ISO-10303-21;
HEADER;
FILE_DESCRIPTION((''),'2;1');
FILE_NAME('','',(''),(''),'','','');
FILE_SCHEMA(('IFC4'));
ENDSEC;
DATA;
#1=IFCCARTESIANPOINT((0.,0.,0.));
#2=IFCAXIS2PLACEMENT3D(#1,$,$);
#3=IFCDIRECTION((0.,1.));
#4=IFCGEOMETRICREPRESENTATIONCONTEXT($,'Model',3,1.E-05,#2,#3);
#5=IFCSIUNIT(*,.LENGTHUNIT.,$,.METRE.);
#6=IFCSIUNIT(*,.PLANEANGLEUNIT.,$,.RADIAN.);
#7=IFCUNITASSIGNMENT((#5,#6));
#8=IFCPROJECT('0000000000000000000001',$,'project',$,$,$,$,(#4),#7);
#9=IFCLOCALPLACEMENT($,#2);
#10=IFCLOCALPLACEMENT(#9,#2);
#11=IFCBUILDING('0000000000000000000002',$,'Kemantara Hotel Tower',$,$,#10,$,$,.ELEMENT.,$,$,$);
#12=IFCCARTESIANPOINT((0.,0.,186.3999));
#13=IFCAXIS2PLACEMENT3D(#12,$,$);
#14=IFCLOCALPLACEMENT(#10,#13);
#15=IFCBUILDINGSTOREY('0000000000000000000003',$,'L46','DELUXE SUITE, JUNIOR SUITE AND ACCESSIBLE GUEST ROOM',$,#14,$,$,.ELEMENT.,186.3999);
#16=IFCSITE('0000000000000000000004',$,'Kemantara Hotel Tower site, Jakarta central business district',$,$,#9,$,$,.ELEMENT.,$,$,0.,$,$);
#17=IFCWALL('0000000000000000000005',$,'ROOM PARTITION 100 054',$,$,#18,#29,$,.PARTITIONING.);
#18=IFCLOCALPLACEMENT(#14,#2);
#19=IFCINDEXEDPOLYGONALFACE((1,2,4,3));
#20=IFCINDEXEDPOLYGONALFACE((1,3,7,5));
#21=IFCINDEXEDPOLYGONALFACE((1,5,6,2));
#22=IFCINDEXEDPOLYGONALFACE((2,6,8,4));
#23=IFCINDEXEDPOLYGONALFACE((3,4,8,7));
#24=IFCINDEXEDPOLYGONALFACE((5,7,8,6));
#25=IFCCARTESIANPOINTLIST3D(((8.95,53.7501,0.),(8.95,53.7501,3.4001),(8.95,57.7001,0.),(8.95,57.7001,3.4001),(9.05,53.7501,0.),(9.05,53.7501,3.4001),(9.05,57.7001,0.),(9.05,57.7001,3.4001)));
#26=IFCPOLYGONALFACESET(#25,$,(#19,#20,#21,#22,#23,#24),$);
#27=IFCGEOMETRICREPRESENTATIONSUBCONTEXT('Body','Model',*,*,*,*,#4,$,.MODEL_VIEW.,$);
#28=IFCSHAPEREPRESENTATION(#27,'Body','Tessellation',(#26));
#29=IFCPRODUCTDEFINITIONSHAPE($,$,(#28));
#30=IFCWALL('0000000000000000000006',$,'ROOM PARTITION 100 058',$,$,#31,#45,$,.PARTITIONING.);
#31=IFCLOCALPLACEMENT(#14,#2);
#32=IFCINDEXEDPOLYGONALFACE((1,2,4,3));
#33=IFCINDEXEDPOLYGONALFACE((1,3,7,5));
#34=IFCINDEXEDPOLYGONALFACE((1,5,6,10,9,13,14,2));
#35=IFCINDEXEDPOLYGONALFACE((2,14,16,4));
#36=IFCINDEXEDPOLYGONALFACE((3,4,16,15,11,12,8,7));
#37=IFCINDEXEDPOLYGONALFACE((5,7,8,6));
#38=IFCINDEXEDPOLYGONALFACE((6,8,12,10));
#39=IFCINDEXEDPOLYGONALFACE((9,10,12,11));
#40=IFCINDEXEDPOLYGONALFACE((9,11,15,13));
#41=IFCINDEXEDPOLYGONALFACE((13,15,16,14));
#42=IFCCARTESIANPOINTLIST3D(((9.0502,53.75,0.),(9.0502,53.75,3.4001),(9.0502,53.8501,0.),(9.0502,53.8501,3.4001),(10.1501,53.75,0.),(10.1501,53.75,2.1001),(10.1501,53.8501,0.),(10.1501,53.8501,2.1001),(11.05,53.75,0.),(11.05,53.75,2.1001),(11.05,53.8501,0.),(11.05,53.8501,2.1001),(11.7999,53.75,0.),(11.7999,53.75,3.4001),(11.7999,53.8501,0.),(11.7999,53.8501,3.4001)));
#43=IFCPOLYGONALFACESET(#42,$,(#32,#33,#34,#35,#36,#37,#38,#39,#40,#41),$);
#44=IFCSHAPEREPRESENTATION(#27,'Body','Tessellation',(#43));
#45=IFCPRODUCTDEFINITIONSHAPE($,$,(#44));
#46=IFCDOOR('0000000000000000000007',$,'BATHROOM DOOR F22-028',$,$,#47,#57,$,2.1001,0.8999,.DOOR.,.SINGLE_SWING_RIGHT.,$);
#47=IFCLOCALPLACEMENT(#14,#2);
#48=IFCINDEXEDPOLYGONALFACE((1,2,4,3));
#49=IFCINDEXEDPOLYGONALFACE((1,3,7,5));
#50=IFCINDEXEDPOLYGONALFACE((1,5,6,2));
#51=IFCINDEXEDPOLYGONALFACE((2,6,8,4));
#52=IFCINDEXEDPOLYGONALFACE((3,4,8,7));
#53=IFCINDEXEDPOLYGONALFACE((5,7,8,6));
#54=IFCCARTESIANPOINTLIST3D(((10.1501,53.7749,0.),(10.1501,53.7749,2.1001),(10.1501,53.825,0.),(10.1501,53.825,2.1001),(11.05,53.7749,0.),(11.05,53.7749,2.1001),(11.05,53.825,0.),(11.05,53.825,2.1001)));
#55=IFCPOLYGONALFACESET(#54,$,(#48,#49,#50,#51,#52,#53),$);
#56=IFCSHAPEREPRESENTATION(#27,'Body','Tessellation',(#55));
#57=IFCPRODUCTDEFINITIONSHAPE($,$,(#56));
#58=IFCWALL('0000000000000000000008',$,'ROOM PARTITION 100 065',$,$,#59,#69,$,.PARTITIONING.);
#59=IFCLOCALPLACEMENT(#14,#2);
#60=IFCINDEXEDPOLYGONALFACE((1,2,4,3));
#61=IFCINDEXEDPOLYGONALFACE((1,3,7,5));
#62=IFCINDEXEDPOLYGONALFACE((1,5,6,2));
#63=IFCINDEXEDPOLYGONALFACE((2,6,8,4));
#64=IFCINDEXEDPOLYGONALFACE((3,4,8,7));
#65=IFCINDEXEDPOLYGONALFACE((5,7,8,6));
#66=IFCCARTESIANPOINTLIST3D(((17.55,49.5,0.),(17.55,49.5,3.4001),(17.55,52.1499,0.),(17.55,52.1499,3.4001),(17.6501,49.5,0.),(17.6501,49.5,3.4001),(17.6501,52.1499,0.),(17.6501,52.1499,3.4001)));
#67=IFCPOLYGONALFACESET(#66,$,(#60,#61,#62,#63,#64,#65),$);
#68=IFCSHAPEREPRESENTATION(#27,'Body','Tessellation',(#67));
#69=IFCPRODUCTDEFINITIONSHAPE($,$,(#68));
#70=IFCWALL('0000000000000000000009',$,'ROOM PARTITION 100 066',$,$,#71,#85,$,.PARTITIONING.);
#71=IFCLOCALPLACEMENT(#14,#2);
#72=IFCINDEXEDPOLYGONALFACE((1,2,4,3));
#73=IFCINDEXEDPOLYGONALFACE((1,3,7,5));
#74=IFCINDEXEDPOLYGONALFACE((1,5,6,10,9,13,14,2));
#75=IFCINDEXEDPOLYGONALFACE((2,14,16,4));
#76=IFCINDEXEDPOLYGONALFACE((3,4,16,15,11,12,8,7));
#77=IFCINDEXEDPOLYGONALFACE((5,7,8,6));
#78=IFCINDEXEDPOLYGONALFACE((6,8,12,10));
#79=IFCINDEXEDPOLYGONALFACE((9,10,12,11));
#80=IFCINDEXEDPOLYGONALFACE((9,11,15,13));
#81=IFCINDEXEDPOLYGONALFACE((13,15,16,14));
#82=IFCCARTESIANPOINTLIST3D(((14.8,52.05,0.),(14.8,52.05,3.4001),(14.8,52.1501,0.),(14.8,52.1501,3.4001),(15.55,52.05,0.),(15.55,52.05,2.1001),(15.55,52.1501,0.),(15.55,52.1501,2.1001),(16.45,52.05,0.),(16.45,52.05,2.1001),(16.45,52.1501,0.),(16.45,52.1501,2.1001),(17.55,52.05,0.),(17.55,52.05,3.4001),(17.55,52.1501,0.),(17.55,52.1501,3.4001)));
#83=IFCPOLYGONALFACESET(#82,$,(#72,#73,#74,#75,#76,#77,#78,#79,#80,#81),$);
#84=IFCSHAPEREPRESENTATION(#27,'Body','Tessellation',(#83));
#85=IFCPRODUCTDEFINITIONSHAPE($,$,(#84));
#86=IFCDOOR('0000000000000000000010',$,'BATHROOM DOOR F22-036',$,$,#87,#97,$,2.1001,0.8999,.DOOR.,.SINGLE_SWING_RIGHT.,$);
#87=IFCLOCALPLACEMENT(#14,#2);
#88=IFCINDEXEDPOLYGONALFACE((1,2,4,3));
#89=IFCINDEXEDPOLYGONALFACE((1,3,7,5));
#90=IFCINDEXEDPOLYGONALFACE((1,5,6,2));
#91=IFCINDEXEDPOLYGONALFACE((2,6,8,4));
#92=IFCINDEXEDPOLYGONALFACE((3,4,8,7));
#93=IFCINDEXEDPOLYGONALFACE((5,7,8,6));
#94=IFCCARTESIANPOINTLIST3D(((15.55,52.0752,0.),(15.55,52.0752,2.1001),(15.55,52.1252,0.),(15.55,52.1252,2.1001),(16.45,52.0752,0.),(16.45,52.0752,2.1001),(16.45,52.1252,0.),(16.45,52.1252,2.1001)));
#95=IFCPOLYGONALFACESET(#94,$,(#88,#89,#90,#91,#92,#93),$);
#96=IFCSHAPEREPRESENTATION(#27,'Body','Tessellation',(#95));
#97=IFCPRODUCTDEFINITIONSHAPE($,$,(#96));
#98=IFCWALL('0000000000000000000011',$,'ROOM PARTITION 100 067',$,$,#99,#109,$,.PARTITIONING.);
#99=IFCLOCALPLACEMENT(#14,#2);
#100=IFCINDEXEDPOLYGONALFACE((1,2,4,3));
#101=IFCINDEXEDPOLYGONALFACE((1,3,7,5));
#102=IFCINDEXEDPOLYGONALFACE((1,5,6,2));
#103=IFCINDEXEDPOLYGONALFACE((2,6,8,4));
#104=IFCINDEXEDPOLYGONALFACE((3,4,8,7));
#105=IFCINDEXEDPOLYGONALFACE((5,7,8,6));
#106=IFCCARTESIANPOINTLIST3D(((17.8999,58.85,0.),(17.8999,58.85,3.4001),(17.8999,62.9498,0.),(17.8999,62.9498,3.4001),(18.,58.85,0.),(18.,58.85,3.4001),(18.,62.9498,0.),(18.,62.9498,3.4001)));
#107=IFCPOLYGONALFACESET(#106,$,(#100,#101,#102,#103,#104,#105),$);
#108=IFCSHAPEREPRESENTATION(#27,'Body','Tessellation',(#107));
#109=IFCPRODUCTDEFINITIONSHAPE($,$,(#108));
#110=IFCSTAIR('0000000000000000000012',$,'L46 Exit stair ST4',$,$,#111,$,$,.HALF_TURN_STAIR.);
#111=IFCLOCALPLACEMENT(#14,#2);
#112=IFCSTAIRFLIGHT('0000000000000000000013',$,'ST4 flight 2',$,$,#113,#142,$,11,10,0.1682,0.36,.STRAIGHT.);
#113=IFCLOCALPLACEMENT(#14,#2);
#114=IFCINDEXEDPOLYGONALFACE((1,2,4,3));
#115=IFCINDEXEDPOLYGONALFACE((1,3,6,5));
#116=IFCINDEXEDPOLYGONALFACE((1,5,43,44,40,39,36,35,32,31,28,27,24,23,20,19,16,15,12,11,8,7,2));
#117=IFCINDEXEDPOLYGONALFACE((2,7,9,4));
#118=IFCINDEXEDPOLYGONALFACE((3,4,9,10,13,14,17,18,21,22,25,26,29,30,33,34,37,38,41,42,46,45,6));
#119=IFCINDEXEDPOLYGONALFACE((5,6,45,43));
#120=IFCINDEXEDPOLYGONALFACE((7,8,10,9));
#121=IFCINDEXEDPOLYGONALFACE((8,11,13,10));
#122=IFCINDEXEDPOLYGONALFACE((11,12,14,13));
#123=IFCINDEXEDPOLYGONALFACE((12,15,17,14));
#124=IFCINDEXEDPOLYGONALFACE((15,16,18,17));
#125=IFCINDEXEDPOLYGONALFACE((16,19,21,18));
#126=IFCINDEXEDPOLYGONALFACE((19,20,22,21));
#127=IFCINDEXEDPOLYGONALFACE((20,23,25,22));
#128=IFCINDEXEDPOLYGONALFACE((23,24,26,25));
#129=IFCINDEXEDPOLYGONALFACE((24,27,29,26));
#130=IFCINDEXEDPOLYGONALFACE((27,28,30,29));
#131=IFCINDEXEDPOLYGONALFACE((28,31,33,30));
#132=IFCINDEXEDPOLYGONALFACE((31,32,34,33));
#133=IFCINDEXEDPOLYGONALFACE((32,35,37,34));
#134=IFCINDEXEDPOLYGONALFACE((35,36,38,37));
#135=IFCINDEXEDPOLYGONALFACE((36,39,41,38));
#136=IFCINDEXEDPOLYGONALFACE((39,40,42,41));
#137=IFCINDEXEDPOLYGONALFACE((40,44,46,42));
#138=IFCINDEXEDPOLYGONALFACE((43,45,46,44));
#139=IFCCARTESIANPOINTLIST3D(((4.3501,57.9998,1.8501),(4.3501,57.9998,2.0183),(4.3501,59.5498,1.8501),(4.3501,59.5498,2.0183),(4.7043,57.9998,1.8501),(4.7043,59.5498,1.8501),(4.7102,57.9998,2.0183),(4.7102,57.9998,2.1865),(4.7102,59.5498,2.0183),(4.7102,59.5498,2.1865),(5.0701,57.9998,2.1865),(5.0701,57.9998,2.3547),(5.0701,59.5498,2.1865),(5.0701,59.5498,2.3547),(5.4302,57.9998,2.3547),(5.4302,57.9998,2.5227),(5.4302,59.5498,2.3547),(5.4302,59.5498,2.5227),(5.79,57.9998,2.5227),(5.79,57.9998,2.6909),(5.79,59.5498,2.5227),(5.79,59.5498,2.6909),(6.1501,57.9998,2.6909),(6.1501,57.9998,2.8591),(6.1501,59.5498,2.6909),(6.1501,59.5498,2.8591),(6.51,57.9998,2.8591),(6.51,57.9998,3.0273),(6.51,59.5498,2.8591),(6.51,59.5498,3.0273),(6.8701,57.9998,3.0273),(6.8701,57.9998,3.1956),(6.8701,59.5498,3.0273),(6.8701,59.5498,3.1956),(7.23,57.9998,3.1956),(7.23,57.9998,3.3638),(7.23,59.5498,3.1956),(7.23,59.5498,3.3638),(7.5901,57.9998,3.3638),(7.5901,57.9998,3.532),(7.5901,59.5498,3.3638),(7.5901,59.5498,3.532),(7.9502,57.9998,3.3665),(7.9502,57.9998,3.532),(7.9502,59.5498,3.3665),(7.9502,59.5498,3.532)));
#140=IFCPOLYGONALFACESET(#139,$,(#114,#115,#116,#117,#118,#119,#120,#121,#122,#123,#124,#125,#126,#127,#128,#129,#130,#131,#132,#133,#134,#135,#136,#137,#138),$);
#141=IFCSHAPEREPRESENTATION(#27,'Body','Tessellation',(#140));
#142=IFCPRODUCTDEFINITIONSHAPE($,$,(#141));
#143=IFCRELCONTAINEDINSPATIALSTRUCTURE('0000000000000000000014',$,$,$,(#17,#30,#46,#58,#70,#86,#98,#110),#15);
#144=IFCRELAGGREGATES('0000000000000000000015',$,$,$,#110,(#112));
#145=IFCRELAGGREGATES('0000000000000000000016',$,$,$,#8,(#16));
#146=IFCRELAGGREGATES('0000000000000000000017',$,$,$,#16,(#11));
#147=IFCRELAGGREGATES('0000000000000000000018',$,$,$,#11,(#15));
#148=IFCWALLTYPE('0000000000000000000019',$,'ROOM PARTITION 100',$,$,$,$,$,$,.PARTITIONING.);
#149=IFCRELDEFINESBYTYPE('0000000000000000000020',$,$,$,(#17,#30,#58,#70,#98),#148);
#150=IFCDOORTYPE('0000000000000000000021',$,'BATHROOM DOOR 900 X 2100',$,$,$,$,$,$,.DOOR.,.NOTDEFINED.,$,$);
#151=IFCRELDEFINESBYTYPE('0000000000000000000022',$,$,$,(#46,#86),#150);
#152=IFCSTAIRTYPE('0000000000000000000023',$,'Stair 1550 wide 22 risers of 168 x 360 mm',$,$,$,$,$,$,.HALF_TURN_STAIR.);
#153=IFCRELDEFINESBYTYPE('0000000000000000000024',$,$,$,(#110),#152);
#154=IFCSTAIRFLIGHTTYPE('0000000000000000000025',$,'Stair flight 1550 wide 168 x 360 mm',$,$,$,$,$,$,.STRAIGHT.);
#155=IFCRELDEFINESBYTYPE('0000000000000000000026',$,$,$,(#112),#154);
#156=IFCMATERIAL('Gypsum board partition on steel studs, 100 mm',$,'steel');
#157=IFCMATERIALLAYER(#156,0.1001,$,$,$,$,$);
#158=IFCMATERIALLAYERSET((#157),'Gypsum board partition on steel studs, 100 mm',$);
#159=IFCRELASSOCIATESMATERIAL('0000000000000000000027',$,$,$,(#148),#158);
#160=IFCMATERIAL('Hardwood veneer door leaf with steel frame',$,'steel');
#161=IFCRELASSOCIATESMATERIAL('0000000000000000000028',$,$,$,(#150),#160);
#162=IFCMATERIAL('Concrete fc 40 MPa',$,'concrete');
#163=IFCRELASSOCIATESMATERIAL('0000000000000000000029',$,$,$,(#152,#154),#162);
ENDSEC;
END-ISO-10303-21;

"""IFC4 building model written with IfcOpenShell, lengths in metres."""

from ifc_helpers import new_model, si_unit, direction, frame, frame_2d, origin, place, context, subcontext, project, spatial, polyline, rectangle, outline, extrude, material, layer, layer_set, type_object, element, fill, aggregate, save


model = new_model("IFC4")

# Units and contexts
model_context = context("Model", 3, precision=1e-05, world=origin(), true_north=direction((0.0, 1.0)))
body_context = subcontext(model_context, "Body", "Model", "MODEL_VIEW")
ifc_project = project(units=[si_unit("LENGTHUNIT", "METRE"), si_unit("PLANEANGLEUNIT", "RADIAN")], contexts=[model_context])

# Site, building, storey
site_placement = place(None, origin())
site = spatial("IfcSite", under=ifc_project, at=site_placement, Name="Kemantara Hotel Tower site, Jakarta central business district", CompositionType="ELEMENT", RefElevation=0.0)
building_placement = place(site_placement, origin())
building = spatial("IfcBuilding", under=site, at=building_placement, Name="Kemantara Hotel Tower", CompositionType="ELEMENT")
storey_placement = place(building_placement, frame((0.0, 0.0, 186.3999)))
storey = spatial("IfcBuildingStorey", under=building, at=storey_placement, Name="L46", Description="DELUXE SUITE, JUNIOR SUITE AND ACCESSIBLE GUEST ROOM", CompositionType="ELEMENT", Elevation=186.3999)

# Shared definitions
ifc_material_1 = material(Name="Concrete fc 40 MPa", Category="concrete")

# Wall
ifc_material_2 = material(Name="Gypsum board partition on steel studs, 100 mm", Category="steel")
ifc_layer_1 = layer(ifc_material_2, 0.1001)
ifc_layer_set_1 = layer_set([ifc_layer_1], Name="Gypsum board partition on steel studs, 100 mm")
wall_type_1 = type_object("IfcWallType", Name="ROOM PARTITION 100", PredefinedType="PARTITIONING", material=ifc_layer_set_1)
wall_1_placement = place(storey_placement, frame((9.0, 53.75, 0.0), z_axis=(0.0, 0.0, 1.0), x_axis=(0.0, 1.0, 0.0)))
element("IfcWall", 1, at=wall_1_placement, inside=storey, type_object=wall_type_1, Name="ROOM PARTITION 100 054", PredefinedType="PARTITIONING", context=body_context, shape_type="SweptSolid", body=[
    extrude(rectangle(XDim=3.95, YDim=0.1001, at=frame_2d((1.9751, 0.0))), origin(), (0.0, 0.0, 1.0), 3.4001),
])

# Wall, opening, door
wall_2_placement = place(storey_placement, frame((9.05, 53.8, 0.0), z_axis=(0.0, 0.0, 1.0), x_axis=(1.0, 0.0, 0.0)))
wall_2 = element("IfcWall", 2, at=wall_2_placement, inside=storey, type_object=wall_type_1, Name="ROOM PARTITION 100 058", PredefinedType="PARTITIONING", context=body_context, shape_type="SweptSolid", body=[
    extrude(rectangle(XDim=2.7498, YDim=0.1001, at=frame_2d((1.375, 0.0))), origin(), (0.0, 0.0, 1.0), 3.4001),
])
opening_1_placement = place(wall_2_placement, frame((1.1001, 0.0, 0.0)))
opening_1 = element("IfcOpeningElement", 3, at=opening_1_placement, cuts=wall_2, PredefinedType="OPENING", context=body_context, shape_type="SweptSolid", body=[
    extrude(rectangle(XDim=0.8999, YDim=2.1001, at=frame_2d((0.45, 1.05))), frame((0.0, 0.0601, 0.0), z_axis=(0.0, -1.0, 0.0), x_axis=(1.0, 0.0, 0.0)), (0.0, 0.0, 1.0), 0.1201),
])
ifc_material_3 = material(Name="Hardwood veneer door leaf with steel frame", Category="steel")
door_type_1 = type_object("IfcDoorType", Name="BATHROOM DOOR 900 X 2100", OperationType="NOTDEFINED", PredefinedType="DOOR", material=ifc_material_3)
door_1_placement = place(opening_1_placement, origin())
door_1 = element("IfcDoor", 4, at=door_1_placement, inside=storey, type_object=door_type_1, Name="BATHROOM DOOR F22-028", OperationType="SINGLE_SWING_RIGHT", OverallHeight=2.1001, OverallWidth=0.8999, PredefinedType="DOOR", context=body_context, shape_type="SweptSolid", body=[
    extrude(rectangle(XDim=0.8999, YDim=2.1001, at=frame_2d((0.45, 1.05))), frame((0.0, 0.0249, 0.0), z_axis=(0.0, -1.0, 0.0), x_axis=(1.0, 0.0, 0.0)), (0.0, 0.0, 1.0), 0.05),
])
fill(opening_1, door_1)

# Wall
wall_3_placement = place(storey_placement, frame((17.6001, 49.5, 0.0), z_axis=(0.0, 0.0, 1.0), x_axis=(0.0, 1.0, 0.0)))
element("IfcWall", 5, at=wall_3_placement, inside=storey, type_object=wall_type_1, Name="ROOM PARTITION 100 065", PredefinedType="PARTITIONING", context=body_context, shape_type="SweptSolid", body=[
    extrude(rectangle(XDim=2.6499, YDim=0.1001, at=frame_2d((1.325, 0.0))), origin(), (0.0, 0.0, 1.0), 3.4001),
])

# Wall, opening, door
wall_4_placement = place(storey_placement, frame((17.55, 52.1001, 0.0), z_axis=(0.0, 0.0, 1.0), x_axis=(-1.0, 0.0, 0.0)))
wall_4 = element("IfcWall", 6, at=wall_4_placement, inside=storey, type_object=wall_type_1, Name="ROOM PARTITION 100 066", PredefinedType="PARTITIONING", context=body_context, shape_type="SweptSolid", body=[
    extrude(rectangle(XDim=2.75, YDim=0.1001, at=frame_2d((1.375, 0.0))), origin(), (0.0, 0.0, 1.0), 3.4001),
])
opening_2_placement = place(wall_4_placement, frame((1.1001, 0.0, 0.0)))
opening_2 = element("IfcOpeningElement", 7, at=opening_2_placement, cuts=wall_4, PredefinedType="OPENING", context=body_context, shape_type="SweptSolid", body=[
    extrude(rectangle(XDim=0.8999, YDim=2.1001, at=frame_2d((0.45, 1.05))), frame((0.0, 0.0601, 0.0), z_axis=(0.0, -1.0, 0.0), x_axis=(1.0, 0.0, 0.0)), (0.0, 0.0, 1.0), 0.1201),
])
door_2_placement = place(opening_2_placement, origin())
door_2 = element("IfcDoor", 8, at=door_2_placement, inside=storey, type_object=door_type_1, Name="BATHROOM DOOR F22-036", OperationType="SINGLE_SWING_RIGHT", OverallHeight=2.1001, OverallWidth=0.8999, PredefinedType="DOOR", context=body_context, shape_type="SweptSolid", body=[
    extrude(rectangle(XDim=0.8999, YDim=2.1001, at=frame_2d((0.45, 1.05))), frame((0.0, 0.0249, 0.0), z_axis=(0.0, -1.0, 0.0), x_axis=(1.0, 0.0, 0.0)), (0.0, 0.0, 1.0), 0.05),
])
fill(opening_2, door_2)

# Wall
wall_5_placement = place(storey_placement, frame((17.95, 58.8501, 0.0), z_axis=(0.0, 0.0, 1.0), x_axis=(0.0, 1.0, 0.0)))
element("IfcWall", 9, at=wall_5_placement, inside=storey, type_object=wall_type_1, Name="ROOM PARTITION 100 067", PredefinedType="PARTITIONING", context=body_context, shape_type="SweptSolid", body=[
    extrude(rectangle(XDim=4.0999, YDim=0.1001, at=frame_2d((2.0498, 0.0))), origin(), (0.0, 0.0, 1.0), 3.4001),
])

# Stair, stair flight
stair_type = type_object("IfcStairType", Name="Stair 1550 wide 22 risers of 168 x 360 mm", PredefinedType="HALF_TURN_STAIR", material=ifc_material_1)
stair_placement = place(storey_placement, origin())
stair = element("IfcStair", 10, at=stair_placement, inside=storey, type_object=stair_type, Name="L46 Exit stair ST4", PredefinedType="HALF_TURN_STAIR")
stair_flight_type = type_object("IfcStairFlightType", Name="Stair flight 1550 wide 168 x 360 mm", PredefinedType="STRAIGHT", material=ifc_material_1)
stair_flight_placement = place(storey_placement, frame((4.3501, 58.7749, 1.8501), z_axis=(0.0, 0.0, 1.0), x_axis=(1.0, 0.0, 0.0)))
stair_flight = element("IfcStairFlight", 11, at=stair_flight_placement, type_object=stair_flight_type, Name="ST4 flight 2", NumberOfRisers=11, NumberOfTreads=10, PredefinedType="STRAIGHT", RiserHeight=0.1682, TreadLength=0.36, context=body_context, shape_type="SweptSolid", body=[
    extrude(outline(polyline([(0.0, 0.0), (0.0, 0.1682), (0.3601, 0.1682), (0.3601, 0.3364), (0.72, 0.3364), (0.72, 0.5046), (1.0801, 0.5046), (1.0801, 0.6726), (1.4399, 0.6726), (1.4399, 0.8408), (1.8, 0.8408), (1.8, 1.009), (2.1599, 1.009), (2.1599, 1.1772), (2.52, 1.1772), (2.52, 1.3455), (2.8799, 1.3455), (2.8799, 1.5137), (3.24, 1.5137), (3.24, 1.6819), (3.6001, 1.6819), (3.6001, 1.8501), (3.6001, 1.5164), (0.3542, 0.0), (0.0, 0.0)])), frame((0.0, 0.7749, 0.0), z_axis=(0.0, -1.0, 0.0), x_axis=(1.0, 0.0, 0.0)), (0.0, 0.0, 1.0), 1.55),
])
aggregate(stair, [stair_flight])

save(model, "model.ifc")
